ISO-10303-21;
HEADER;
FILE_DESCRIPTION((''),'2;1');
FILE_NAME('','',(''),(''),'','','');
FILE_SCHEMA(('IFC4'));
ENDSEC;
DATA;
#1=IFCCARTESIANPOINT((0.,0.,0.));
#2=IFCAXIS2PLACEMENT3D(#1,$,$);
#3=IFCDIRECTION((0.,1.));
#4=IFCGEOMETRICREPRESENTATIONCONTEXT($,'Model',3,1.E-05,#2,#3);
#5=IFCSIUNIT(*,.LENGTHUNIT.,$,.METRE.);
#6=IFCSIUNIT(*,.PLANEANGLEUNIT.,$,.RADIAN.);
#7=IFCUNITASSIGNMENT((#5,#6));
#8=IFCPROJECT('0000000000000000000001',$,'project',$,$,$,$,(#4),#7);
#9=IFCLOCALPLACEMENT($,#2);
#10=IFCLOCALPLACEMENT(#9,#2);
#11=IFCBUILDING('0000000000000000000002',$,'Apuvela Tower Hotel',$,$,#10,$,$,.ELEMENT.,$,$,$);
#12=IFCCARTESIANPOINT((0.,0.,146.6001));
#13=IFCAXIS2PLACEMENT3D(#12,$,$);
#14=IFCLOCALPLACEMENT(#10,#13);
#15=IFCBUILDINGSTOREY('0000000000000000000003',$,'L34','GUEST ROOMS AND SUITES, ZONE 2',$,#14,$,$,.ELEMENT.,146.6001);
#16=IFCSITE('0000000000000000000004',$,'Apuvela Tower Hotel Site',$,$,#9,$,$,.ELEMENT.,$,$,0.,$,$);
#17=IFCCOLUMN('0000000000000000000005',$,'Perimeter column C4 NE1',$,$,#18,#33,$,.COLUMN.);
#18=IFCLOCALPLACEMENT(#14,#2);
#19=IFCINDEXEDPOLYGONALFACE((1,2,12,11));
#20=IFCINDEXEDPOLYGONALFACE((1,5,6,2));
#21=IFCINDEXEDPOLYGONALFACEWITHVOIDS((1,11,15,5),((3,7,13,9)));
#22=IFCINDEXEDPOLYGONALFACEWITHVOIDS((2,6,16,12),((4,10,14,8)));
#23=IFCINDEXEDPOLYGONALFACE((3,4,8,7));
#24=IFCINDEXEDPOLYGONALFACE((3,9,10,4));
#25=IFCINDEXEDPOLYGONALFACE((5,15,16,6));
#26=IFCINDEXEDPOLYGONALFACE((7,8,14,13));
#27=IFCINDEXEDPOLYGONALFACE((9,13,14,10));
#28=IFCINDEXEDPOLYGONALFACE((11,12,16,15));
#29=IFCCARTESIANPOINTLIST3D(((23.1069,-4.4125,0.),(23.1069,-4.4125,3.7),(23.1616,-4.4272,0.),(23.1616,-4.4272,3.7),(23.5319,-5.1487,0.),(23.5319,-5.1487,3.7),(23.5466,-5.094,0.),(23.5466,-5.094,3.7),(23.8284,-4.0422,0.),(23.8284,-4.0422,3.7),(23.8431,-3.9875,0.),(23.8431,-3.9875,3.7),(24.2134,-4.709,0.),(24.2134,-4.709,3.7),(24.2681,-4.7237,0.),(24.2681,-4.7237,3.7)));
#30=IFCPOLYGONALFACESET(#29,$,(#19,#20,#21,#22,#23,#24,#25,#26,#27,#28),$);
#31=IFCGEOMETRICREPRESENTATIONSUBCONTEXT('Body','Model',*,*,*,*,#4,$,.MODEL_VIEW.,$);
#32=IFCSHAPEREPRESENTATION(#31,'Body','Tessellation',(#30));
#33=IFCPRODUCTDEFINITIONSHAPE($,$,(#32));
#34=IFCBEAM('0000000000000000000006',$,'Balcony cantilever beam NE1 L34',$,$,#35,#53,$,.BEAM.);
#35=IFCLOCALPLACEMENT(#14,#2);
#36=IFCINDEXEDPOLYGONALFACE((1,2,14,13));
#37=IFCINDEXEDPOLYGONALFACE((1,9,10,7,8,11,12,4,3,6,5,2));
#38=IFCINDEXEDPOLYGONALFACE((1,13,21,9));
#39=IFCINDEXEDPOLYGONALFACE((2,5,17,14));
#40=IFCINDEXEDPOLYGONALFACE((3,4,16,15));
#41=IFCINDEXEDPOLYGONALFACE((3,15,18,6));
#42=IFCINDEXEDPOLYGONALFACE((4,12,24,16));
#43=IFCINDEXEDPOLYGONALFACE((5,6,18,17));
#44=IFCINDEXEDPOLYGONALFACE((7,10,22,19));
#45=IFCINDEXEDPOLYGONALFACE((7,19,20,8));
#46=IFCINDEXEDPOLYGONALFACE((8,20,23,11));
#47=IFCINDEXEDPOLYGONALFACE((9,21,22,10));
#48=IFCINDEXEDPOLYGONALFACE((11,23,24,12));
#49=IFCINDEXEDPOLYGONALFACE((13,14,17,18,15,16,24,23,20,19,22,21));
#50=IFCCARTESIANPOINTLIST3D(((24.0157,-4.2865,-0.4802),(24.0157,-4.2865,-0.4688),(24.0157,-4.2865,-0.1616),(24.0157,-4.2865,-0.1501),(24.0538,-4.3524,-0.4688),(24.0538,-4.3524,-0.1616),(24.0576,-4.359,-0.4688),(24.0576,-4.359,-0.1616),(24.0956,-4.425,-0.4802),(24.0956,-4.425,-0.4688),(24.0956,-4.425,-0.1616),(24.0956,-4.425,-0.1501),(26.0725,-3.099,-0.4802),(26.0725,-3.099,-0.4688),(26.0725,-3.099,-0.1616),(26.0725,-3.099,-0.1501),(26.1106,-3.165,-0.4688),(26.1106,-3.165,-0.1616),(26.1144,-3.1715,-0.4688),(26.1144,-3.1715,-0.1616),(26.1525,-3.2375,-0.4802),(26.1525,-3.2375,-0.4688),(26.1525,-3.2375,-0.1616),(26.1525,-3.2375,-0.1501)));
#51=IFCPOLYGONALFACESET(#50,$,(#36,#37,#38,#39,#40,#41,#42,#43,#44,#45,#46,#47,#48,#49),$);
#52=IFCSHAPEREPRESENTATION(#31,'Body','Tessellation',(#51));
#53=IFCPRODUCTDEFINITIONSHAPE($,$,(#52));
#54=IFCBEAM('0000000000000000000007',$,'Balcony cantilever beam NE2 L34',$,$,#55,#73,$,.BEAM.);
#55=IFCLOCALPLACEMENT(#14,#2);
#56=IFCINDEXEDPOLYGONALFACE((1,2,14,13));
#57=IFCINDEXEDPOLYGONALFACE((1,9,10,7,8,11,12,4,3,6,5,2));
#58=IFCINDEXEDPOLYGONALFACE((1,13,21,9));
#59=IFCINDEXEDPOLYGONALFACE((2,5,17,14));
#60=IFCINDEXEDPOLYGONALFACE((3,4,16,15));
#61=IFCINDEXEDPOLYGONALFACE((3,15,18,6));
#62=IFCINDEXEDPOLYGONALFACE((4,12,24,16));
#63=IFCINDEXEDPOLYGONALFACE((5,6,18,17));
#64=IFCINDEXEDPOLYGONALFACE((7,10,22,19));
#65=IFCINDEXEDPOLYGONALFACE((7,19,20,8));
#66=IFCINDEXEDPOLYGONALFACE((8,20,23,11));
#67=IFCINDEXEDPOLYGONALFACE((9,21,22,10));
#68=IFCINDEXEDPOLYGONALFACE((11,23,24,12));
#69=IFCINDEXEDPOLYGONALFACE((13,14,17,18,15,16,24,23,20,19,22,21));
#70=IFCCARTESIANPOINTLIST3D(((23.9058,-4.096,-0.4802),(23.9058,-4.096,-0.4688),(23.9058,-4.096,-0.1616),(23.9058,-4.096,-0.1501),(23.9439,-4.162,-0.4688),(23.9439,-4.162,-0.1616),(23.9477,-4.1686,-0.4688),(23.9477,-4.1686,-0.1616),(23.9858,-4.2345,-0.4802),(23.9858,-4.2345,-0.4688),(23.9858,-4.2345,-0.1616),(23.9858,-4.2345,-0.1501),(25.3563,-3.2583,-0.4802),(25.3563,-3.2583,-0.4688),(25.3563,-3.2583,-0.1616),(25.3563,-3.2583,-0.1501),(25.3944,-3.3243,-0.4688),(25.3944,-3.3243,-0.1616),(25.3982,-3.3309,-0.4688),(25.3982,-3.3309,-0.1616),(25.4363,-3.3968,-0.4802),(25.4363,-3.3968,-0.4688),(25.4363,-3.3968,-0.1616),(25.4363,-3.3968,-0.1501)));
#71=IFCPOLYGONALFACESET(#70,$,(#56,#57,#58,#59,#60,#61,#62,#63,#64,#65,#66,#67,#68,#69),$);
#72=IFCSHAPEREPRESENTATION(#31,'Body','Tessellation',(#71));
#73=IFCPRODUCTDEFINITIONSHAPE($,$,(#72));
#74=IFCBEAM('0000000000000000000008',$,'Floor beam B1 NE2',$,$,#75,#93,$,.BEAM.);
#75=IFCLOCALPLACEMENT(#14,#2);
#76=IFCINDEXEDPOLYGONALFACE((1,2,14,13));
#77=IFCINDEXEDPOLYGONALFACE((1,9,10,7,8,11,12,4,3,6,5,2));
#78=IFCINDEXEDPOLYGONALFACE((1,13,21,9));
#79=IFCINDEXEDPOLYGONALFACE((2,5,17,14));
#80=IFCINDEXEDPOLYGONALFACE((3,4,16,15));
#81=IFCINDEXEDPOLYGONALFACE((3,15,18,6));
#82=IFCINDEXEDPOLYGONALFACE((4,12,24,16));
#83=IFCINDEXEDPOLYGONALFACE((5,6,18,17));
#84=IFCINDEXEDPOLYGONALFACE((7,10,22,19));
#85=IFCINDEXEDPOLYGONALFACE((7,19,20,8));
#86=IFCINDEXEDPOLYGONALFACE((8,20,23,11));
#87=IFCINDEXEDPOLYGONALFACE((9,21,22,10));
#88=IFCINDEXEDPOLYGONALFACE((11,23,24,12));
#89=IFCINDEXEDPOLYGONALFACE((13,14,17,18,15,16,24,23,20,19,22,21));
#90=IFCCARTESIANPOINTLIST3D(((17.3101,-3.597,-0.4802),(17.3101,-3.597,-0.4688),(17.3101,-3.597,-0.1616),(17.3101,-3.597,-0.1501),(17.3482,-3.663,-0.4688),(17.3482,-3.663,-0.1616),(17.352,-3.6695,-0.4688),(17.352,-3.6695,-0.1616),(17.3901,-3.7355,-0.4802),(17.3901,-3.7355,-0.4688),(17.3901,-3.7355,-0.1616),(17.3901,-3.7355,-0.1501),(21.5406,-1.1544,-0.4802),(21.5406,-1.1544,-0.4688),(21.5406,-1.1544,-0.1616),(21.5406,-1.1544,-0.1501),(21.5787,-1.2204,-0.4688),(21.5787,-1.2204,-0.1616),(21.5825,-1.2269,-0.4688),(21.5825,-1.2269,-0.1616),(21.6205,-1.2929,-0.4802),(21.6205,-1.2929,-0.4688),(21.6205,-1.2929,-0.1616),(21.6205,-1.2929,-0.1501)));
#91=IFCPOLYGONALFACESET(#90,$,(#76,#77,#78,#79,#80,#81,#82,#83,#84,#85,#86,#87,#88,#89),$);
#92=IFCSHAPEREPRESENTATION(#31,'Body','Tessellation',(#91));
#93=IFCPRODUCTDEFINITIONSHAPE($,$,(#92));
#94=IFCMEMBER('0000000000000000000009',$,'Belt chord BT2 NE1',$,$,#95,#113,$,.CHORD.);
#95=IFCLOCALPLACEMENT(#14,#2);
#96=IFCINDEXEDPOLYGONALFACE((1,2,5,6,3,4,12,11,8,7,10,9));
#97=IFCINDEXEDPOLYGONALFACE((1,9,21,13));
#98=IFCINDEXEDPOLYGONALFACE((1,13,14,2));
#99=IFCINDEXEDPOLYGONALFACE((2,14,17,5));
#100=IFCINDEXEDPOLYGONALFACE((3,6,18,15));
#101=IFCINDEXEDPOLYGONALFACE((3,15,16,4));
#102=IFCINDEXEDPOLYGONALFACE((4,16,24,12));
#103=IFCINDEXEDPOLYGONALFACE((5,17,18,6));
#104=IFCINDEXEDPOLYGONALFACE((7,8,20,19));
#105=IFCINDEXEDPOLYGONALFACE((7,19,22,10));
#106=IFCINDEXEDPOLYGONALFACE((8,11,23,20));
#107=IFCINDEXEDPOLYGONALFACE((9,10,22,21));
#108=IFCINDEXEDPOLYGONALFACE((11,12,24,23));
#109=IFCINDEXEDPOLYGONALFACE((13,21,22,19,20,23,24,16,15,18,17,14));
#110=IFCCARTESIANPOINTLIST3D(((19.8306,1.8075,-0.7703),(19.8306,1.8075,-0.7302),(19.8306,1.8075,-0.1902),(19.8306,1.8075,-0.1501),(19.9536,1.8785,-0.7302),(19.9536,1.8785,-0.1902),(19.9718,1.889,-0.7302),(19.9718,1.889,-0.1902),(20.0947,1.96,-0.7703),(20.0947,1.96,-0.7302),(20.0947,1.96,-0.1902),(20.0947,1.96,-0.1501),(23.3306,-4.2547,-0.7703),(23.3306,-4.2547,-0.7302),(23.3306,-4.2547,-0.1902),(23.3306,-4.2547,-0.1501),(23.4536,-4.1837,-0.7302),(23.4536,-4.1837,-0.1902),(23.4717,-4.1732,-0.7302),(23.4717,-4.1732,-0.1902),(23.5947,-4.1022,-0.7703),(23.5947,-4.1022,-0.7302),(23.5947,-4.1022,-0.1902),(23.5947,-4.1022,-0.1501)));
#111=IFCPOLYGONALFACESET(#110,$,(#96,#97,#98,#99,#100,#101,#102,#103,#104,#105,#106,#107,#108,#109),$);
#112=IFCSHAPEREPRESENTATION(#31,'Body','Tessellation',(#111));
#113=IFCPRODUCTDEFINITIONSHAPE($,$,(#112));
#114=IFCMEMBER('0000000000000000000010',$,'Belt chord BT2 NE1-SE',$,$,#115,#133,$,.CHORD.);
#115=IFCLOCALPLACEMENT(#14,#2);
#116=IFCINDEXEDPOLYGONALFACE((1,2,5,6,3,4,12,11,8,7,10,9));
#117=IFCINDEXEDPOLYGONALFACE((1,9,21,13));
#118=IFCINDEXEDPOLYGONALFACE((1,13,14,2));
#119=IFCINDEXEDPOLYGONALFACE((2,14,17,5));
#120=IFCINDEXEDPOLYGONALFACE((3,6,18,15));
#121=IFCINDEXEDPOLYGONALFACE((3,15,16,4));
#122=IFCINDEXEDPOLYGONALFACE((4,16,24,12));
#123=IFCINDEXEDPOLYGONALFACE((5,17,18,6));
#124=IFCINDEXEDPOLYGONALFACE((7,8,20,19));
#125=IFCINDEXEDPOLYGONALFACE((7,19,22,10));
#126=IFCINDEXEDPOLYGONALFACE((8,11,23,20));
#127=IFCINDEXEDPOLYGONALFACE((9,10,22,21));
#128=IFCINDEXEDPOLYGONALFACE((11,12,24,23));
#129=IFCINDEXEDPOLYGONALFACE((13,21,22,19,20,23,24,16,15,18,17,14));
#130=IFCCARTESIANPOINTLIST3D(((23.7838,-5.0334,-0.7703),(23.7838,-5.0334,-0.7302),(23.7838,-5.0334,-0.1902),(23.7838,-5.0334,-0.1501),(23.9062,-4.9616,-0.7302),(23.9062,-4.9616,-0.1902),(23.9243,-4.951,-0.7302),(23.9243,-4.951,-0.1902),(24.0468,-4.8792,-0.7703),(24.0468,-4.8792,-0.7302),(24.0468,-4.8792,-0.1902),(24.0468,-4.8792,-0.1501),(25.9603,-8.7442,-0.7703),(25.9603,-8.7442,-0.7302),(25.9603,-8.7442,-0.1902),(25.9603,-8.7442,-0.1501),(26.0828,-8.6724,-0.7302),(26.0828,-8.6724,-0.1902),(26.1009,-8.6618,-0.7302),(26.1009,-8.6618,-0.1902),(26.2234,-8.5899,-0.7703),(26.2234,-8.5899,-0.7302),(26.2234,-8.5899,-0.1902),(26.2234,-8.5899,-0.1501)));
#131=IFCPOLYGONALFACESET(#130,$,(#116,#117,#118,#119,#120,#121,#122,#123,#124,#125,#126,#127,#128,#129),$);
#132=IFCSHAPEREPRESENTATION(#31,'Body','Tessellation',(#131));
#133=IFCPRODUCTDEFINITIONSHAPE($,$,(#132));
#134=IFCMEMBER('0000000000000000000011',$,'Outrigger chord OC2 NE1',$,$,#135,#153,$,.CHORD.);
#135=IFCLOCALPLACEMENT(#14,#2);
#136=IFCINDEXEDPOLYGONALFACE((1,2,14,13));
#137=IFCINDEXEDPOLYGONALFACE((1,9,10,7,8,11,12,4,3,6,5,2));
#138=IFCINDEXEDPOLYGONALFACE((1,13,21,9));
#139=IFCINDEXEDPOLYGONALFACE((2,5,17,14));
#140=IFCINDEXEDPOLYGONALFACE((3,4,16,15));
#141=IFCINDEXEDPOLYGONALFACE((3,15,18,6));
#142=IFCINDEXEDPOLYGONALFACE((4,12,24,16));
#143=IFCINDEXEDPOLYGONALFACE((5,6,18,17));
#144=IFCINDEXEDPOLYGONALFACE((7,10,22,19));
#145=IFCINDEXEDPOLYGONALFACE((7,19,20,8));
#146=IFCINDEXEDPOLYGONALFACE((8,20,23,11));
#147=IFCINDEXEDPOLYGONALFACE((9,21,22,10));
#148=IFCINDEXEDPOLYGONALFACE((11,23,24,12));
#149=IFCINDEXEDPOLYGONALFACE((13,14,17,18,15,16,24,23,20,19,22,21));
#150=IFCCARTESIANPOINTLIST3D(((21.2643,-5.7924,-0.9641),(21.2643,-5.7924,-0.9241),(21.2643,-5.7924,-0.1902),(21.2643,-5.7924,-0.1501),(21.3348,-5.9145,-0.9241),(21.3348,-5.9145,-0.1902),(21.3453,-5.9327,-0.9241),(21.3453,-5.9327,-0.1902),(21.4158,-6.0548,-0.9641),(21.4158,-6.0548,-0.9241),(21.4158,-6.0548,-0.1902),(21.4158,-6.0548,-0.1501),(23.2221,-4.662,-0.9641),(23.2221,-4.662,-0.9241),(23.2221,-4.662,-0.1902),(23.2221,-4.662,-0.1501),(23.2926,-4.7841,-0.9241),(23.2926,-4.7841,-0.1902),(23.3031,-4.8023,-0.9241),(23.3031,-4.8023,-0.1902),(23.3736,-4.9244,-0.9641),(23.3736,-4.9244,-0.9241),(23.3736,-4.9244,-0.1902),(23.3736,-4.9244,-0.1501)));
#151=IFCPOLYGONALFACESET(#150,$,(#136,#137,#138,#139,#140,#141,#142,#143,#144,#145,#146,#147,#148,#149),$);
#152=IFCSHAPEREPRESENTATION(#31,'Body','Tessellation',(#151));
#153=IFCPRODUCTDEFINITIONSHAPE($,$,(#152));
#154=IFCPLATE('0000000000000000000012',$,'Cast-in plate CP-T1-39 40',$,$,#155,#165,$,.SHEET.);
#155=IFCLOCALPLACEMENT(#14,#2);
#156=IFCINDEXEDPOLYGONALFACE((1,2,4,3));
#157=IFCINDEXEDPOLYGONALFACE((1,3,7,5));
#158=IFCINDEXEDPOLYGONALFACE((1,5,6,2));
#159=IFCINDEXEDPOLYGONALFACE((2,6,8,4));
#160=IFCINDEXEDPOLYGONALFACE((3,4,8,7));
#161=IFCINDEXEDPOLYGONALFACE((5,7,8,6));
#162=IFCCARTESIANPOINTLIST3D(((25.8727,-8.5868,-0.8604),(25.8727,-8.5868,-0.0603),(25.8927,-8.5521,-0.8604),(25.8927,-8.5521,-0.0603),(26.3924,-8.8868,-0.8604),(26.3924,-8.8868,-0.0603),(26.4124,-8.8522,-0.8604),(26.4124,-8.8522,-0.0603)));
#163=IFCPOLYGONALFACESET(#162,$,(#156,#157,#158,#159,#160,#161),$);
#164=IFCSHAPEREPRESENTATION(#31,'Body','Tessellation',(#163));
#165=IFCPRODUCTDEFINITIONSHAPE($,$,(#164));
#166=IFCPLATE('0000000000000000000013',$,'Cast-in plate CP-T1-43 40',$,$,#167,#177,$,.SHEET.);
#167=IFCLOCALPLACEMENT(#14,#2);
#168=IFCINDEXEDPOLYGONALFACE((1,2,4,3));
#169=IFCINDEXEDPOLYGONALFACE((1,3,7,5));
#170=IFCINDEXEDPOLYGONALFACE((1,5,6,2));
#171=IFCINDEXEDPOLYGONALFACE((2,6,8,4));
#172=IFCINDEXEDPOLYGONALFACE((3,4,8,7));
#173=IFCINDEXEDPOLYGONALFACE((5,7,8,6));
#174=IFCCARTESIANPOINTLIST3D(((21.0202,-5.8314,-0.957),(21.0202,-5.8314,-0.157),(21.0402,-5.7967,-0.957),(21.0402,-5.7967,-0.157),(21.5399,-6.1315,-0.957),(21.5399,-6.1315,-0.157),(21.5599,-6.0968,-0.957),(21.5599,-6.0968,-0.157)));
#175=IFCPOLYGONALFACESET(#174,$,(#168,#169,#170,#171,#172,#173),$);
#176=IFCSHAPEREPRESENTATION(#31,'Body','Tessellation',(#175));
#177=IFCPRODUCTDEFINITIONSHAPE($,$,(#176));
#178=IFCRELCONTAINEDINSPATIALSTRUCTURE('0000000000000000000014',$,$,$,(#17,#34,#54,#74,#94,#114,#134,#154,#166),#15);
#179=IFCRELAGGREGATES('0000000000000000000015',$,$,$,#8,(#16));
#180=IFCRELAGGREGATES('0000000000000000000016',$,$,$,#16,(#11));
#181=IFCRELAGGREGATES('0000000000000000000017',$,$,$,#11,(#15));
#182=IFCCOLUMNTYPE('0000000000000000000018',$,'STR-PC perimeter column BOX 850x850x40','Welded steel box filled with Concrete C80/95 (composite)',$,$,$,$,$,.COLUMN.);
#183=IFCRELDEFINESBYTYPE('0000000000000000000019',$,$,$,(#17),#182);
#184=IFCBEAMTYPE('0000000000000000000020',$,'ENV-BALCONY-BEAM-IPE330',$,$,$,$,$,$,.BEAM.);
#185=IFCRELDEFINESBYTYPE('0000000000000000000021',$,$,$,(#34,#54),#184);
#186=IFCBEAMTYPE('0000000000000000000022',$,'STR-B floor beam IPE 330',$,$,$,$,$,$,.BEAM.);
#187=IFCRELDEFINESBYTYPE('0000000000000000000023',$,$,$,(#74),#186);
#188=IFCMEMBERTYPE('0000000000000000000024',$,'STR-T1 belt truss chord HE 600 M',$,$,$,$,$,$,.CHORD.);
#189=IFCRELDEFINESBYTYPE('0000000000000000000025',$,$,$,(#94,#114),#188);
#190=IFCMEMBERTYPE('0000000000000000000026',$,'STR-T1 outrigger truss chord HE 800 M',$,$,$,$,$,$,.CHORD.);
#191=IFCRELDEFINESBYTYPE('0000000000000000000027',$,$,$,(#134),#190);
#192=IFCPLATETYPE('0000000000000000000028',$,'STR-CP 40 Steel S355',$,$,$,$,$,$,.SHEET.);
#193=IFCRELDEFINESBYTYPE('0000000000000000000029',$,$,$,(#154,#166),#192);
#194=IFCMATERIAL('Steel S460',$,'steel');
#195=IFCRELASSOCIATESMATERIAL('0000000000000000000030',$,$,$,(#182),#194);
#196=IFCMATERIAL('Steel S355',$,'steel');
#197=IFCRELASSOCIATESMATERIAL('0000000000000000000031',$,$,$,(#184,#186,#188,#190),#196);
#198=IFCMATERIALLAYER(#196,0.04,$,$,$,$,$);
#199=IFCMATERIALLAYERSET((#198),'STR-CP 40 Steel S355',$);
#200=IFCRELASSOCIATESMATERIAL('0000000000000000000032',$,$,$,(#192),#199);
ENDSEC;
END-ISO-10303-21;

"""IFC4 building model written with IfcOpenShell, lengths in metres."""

from ifc_helpers import new_model, si_unit, direction, frame, origin, origin_2d, place, context, subcontext, project, spatial, rectangle, hollow_rectangle, i_section, extrude, material, layer, layer_set, material_profile, profile_set, type_object, element, save


model = new_model("IFC4")

# Units and contexts
model_context = context("Model", 3, precision=1e-05, world=origin(), true_north=direction((0.0, 1.0)))
body_context = subcontext(model_context, "Body", "Model", "MODEL_VIEW")
ifc_project = project(units=[si_unit("LENGTHUNIT", "METRE"), si_unit("PLANEANGLEUNIT", "RADIAN")], contexts=[model_context])

# Site, building, storey
site_placement = place(None, origin())
site = spatial("IfcSite", under=ifc_project, at=site_placement, Name="Apuvela Tower Hotel Site", CompositionType="ELEMENT", RefElevation=0.0)
building_placement = place(site_placement, origin())
building = spatial("IfcBuilding", under=site, at=building_placement, Name="Apuvela Tower Hotel", CompositionType="ELEMENT")
storey_placement = place(building_placement, frame((0.0, 0.0, 146.6001)))
storey = spatial("IfcBuildingStorey", under=building, at=storey_placement, Name="L34", Description="GUEST ROOMS AND SUITES, ZONE 2", CompositionType="ELEMENT", Elevation=146.6001)

# Column
ifc_material_1 = material(Name="Steel S460", Category="steel")
ifc_material_profile_1 = material_profile(ifc_material_1, hollow_rectangle(XDim=0.8501, YDim=0.8501, WallThickness=0.04, at=origin_2d()), Name="BOX 850x850x40")
ifc_material_2 = material(Name="Concrete C80/95", Category="concrete")
ifc_material_profile_2 = material_profile(ifc_material_2, rectangle(XDim=0.77, YDim=0.77, at=origin_2d()), Name="Concrete C80/95 infill")
ifc_profile_set_1 = profile_set([ifc_material_profile_1, ifc_material_profile_2], Name="Steel S460")
column_type = type_object("IfcColumnType", Name="STR-PC perimeter column BOX 850x850x40", Description="Welded steel box filled with Concrete C80/95 (composite)", PredefinedType="COLUMN", material=ifc_profile_set_1)
column_placement = place(storey_placement, frame((23.6875, -4.5681, 0.0), z_axis=(0.0, 0.0, 1.0), x_axis=(-0.5, 0.866025, 0.0)))
element("IfcColumn", 1, at=column_placement, inside=storey, type_object=column_type, Name="Perimeter column C4 NE1", PredefinedType="COLUMN", context=body_context, shape_type="SweptSolid", body=[
    extrude(hollow_rectangle(XDim=0.8501, YDim=0.8501, WallThickness=0.04, at=origin_2d()), origin(), (0.0, 0.0, 1.0), 3.7),
])

# Beams
ifc_material_3 = material(Name="Steel S355", Category="steel")
ifc_material_profile_3 = material_profile(ifc_material_3, i_section(OverallWidth=0.1599, OverallDepth=0.3301, WebThickness=0.0076, FlangeThickness=0.0115, at=origin_2d()), Name="IPE 330")
ifc_profile_set_2 = profile_set([ifc_material_profile_3], Name="Steel S355")
beam_type_1 = type_object("IfcBeamType", Name="ENV-BALCONY-BEAM-IPE330", PredefinedType="BEAM", material=ifc_profile_set_2)
beam_1_placement = place(storey_placement, frame((24.0557, -4.3557, -0.3152), z_axis=(0.866033, 0.499986, 0.0), x_axis=(-0.499986, 0.866033, 0.0)))
element("IfcBeam", 2, at=beam_1_placement, inside=storey, type_object=beam_type_1, Name="Balcony cantilever beam NE1 L34", PredefinedType="BEAM", context=body_context, shape_type="SweptSolid", body=[
    extrude(i_section(OverallWidth=0.1599, OverallDepth=0.3301, WebThickness=0.0076, FlangeThickness=0.0115, at=origin_2d()), origin(), (0.0, 0.0, 1.0), 2.375),
])
beam_2_placement = place(storey_placement, frame((23.9458, -4.1653, -0.3152), z_axis=(0.865965, 0.500105, 0.0), x_axis=(-0.500105, 0.865965, 0.0)))
element("IfcBeam", 3, at=beam_2_placement, inside=storey, type_object=beam_type_1, Name="Balcony cantilever beam NE2 L34", PredefinedType="BEAM", context=body_context, shape_type="SweptSolid", body=[
    extrude(i_section(OverallWidth=0.1599, OverallDepth=0.3301, WebThickness=0.0076, FlangeThickness=0.0115, at=origin_2d()), origin(), (0.0, 0.0, 1.0), 1.675),
])
ifc_material_profile_4 = material_profile(ifc_material_3, i_section(OverallWidth=0.1599, OverallDepth=0.3301, WebThickness=0.0076, FlangeThickness=0.0115, at=origin_2d()), Name="IPE 330")
ifc_profile_set_3 = profile_set([ifc_material_profile_4], Name="Steel S355")
beam_type_2 = type_object("IfcBeamType", Name="STR-B floor beam IPE 330", PredefinedType="BEAM", material=ifc_profile_set_3)
beam_3_placement = place(storey_placement, frame((21.5806, -1.2236, -0.3152), z_axis=(-0.866011, -0.500025, 0.0), x_axis=(0.500025, -0.866011, 0.0)))
element("IfcBeam", 4, at=beam_3_placement, inside=storey, type_object=beam_type_2, Name="Floor beam B1 NE2", PredefinedType="BEAM", context=body_context, shape_type="SweptSolid", body=[
    extrude(i_section(OverallWidth=0.1599, OverallDepth=0.3301, WebThickness=0.0076, FlangeThickness=0.0115, at=origin_2d()), origin(), (0.0, 0.0, 1.0), 4.885),
])

# Members
ifc_material_profile_5 = material_profile(ifc_material_3, i_section(OverallWidth=0.3049, OverallDepth=0.6201, WebThickness=0.021, FlangeThickness=0.04, at=origin_2d()), Name="HE 600 M")
ifc_profile_set_4 = profile_set([ifc_material_profile_5], Name="Steel S355")
member_type_1 = type_object("IfcMemberType", Name="STR-T1 belt truss chord HE 600 M", PredefinedType="CHORD", material=ifc_profile_set_4)
member_1_placement = place(storey_placement, frame((23.4626, -4.1785, -0.4602), z_axis=(-0.499995, 0.866028, 0.0), x_axis=(-0.866028, -0.499995, 0.0)))
element("IfcMember", 5, at=member_1_placement, inside=storey, type_object=member_type_1, Name="Belt chord BT2 NE1", PredefinedType="CHORD", context=body_context, shape_type="SweptSolid", body=[
    extrude(i_section(OverallWidth=0.3049, OverallDepth=0.6201, WebThickness=0.021, FlangeThickness=0.04, at=origin_2d()), origin(), (0.0, 0.0, 1.0), 7.0),
])
member_2_placement = place(storey_placement, frame((23.9153, -4.9563, -0.4602), z_axis=(0.505941, -0.862568, 0.0), x_axis=(0.862568, 0.505941, 0.0)))
element("IfcMember", 6, at=member_2_placement, inside=storey, type_object=member_type_1, Name="Belt chord BT2 NE1-SE", PredefinedType="CHORD", context=body_context, shape_type="SweptSolid", body=[
    extrude(i_section(OverallWidth=0.3049, OverallDepth=0.6201, WebThickness=0.021, FlangeThickness=0.04, at=origin_2d()), origin(), (0.0, 0.0, 1.0), 4.302),
])
ifc_material_profile_6 = material_profile(ifc_material_3, i_section(OverallWidth=0.303, OverallDepth=0.814, WebThickness=0.021, FlangeThickness=0.04, at=origin_2d()), Name="HE 800 M")
ifc_profile_set_5 = profile_set([ifc_material_profile_6], Name="Steel S355")
member_type_2 = type_object("IfcMemberType", Name="STR-T1 outrigger truss chord HE 800 M", PredefinedType="CHORD", material=ifc_profile_set_5)
member_3_placement = place(storey_placement, frame((23.2979, -4.7932, -0.5571), z_axis=(-0.866015, -0.500018, 0.0), x_axis=(0.500018, -0.866015, 0.0)))
element("IfcMember", 7, at=member_3_placement, inside=storey, type_object=member_type_2, Name="Outrigger chord OC2 NE1", PredefinedType="CHORD", context=body_context, shape_type="SweptSolid", body=[
    extrude(i_section(OverallWidth=0.303, OverallDepth=0.814, WebThickness=0.021, FlangeThickness=0.04, at=origin_2d()), origin(), (0.0, 0.0, 1.0), 2.2607),
])

# Plates
ifc_layer_1 = layer(ifc_material_3, 0.04)
ifc_layer_set_1 = layer_set([ifc_layer_1], Name="STR-CP 40 Steel S355")
plate_type = type_object("IfcPlateType", Name="STR-CP 40 Steel S355", PredefinedType="SHEET", material=ifc_layer_set_1)
for number, where, z_axis, x_axis, name in (
    (8, (26.1426, -8.7195, -0.8604), (0.0, 0.0, 1.0), (0.5, 0.866025, 0.0), "Cast-in plate CP-T1-39 40"),
    (9, (21.29, -5.9641, -0.957), (0.0, 0.0, 1.0), (-0.5, -0.866025, 0.0), "Cast-in plate CP-T1-43 40"),
):
    element("IfcPlate", number, at=place(storey_placement, frame(where, z_axis=z_axis, x_axis=x_axis)), inside=storey, type_object=plate_type, Name=name, PredefinedType="SHEET", context=body_context, shape_type="SweptSolid", body=[
        extrude(rectangle(XDim=0.04, YDim=0.6001, at=origin_2d()), origin(), (0.0, 0.0, 1.0), 0.8),
    ])

save(model, "model.ifc")
